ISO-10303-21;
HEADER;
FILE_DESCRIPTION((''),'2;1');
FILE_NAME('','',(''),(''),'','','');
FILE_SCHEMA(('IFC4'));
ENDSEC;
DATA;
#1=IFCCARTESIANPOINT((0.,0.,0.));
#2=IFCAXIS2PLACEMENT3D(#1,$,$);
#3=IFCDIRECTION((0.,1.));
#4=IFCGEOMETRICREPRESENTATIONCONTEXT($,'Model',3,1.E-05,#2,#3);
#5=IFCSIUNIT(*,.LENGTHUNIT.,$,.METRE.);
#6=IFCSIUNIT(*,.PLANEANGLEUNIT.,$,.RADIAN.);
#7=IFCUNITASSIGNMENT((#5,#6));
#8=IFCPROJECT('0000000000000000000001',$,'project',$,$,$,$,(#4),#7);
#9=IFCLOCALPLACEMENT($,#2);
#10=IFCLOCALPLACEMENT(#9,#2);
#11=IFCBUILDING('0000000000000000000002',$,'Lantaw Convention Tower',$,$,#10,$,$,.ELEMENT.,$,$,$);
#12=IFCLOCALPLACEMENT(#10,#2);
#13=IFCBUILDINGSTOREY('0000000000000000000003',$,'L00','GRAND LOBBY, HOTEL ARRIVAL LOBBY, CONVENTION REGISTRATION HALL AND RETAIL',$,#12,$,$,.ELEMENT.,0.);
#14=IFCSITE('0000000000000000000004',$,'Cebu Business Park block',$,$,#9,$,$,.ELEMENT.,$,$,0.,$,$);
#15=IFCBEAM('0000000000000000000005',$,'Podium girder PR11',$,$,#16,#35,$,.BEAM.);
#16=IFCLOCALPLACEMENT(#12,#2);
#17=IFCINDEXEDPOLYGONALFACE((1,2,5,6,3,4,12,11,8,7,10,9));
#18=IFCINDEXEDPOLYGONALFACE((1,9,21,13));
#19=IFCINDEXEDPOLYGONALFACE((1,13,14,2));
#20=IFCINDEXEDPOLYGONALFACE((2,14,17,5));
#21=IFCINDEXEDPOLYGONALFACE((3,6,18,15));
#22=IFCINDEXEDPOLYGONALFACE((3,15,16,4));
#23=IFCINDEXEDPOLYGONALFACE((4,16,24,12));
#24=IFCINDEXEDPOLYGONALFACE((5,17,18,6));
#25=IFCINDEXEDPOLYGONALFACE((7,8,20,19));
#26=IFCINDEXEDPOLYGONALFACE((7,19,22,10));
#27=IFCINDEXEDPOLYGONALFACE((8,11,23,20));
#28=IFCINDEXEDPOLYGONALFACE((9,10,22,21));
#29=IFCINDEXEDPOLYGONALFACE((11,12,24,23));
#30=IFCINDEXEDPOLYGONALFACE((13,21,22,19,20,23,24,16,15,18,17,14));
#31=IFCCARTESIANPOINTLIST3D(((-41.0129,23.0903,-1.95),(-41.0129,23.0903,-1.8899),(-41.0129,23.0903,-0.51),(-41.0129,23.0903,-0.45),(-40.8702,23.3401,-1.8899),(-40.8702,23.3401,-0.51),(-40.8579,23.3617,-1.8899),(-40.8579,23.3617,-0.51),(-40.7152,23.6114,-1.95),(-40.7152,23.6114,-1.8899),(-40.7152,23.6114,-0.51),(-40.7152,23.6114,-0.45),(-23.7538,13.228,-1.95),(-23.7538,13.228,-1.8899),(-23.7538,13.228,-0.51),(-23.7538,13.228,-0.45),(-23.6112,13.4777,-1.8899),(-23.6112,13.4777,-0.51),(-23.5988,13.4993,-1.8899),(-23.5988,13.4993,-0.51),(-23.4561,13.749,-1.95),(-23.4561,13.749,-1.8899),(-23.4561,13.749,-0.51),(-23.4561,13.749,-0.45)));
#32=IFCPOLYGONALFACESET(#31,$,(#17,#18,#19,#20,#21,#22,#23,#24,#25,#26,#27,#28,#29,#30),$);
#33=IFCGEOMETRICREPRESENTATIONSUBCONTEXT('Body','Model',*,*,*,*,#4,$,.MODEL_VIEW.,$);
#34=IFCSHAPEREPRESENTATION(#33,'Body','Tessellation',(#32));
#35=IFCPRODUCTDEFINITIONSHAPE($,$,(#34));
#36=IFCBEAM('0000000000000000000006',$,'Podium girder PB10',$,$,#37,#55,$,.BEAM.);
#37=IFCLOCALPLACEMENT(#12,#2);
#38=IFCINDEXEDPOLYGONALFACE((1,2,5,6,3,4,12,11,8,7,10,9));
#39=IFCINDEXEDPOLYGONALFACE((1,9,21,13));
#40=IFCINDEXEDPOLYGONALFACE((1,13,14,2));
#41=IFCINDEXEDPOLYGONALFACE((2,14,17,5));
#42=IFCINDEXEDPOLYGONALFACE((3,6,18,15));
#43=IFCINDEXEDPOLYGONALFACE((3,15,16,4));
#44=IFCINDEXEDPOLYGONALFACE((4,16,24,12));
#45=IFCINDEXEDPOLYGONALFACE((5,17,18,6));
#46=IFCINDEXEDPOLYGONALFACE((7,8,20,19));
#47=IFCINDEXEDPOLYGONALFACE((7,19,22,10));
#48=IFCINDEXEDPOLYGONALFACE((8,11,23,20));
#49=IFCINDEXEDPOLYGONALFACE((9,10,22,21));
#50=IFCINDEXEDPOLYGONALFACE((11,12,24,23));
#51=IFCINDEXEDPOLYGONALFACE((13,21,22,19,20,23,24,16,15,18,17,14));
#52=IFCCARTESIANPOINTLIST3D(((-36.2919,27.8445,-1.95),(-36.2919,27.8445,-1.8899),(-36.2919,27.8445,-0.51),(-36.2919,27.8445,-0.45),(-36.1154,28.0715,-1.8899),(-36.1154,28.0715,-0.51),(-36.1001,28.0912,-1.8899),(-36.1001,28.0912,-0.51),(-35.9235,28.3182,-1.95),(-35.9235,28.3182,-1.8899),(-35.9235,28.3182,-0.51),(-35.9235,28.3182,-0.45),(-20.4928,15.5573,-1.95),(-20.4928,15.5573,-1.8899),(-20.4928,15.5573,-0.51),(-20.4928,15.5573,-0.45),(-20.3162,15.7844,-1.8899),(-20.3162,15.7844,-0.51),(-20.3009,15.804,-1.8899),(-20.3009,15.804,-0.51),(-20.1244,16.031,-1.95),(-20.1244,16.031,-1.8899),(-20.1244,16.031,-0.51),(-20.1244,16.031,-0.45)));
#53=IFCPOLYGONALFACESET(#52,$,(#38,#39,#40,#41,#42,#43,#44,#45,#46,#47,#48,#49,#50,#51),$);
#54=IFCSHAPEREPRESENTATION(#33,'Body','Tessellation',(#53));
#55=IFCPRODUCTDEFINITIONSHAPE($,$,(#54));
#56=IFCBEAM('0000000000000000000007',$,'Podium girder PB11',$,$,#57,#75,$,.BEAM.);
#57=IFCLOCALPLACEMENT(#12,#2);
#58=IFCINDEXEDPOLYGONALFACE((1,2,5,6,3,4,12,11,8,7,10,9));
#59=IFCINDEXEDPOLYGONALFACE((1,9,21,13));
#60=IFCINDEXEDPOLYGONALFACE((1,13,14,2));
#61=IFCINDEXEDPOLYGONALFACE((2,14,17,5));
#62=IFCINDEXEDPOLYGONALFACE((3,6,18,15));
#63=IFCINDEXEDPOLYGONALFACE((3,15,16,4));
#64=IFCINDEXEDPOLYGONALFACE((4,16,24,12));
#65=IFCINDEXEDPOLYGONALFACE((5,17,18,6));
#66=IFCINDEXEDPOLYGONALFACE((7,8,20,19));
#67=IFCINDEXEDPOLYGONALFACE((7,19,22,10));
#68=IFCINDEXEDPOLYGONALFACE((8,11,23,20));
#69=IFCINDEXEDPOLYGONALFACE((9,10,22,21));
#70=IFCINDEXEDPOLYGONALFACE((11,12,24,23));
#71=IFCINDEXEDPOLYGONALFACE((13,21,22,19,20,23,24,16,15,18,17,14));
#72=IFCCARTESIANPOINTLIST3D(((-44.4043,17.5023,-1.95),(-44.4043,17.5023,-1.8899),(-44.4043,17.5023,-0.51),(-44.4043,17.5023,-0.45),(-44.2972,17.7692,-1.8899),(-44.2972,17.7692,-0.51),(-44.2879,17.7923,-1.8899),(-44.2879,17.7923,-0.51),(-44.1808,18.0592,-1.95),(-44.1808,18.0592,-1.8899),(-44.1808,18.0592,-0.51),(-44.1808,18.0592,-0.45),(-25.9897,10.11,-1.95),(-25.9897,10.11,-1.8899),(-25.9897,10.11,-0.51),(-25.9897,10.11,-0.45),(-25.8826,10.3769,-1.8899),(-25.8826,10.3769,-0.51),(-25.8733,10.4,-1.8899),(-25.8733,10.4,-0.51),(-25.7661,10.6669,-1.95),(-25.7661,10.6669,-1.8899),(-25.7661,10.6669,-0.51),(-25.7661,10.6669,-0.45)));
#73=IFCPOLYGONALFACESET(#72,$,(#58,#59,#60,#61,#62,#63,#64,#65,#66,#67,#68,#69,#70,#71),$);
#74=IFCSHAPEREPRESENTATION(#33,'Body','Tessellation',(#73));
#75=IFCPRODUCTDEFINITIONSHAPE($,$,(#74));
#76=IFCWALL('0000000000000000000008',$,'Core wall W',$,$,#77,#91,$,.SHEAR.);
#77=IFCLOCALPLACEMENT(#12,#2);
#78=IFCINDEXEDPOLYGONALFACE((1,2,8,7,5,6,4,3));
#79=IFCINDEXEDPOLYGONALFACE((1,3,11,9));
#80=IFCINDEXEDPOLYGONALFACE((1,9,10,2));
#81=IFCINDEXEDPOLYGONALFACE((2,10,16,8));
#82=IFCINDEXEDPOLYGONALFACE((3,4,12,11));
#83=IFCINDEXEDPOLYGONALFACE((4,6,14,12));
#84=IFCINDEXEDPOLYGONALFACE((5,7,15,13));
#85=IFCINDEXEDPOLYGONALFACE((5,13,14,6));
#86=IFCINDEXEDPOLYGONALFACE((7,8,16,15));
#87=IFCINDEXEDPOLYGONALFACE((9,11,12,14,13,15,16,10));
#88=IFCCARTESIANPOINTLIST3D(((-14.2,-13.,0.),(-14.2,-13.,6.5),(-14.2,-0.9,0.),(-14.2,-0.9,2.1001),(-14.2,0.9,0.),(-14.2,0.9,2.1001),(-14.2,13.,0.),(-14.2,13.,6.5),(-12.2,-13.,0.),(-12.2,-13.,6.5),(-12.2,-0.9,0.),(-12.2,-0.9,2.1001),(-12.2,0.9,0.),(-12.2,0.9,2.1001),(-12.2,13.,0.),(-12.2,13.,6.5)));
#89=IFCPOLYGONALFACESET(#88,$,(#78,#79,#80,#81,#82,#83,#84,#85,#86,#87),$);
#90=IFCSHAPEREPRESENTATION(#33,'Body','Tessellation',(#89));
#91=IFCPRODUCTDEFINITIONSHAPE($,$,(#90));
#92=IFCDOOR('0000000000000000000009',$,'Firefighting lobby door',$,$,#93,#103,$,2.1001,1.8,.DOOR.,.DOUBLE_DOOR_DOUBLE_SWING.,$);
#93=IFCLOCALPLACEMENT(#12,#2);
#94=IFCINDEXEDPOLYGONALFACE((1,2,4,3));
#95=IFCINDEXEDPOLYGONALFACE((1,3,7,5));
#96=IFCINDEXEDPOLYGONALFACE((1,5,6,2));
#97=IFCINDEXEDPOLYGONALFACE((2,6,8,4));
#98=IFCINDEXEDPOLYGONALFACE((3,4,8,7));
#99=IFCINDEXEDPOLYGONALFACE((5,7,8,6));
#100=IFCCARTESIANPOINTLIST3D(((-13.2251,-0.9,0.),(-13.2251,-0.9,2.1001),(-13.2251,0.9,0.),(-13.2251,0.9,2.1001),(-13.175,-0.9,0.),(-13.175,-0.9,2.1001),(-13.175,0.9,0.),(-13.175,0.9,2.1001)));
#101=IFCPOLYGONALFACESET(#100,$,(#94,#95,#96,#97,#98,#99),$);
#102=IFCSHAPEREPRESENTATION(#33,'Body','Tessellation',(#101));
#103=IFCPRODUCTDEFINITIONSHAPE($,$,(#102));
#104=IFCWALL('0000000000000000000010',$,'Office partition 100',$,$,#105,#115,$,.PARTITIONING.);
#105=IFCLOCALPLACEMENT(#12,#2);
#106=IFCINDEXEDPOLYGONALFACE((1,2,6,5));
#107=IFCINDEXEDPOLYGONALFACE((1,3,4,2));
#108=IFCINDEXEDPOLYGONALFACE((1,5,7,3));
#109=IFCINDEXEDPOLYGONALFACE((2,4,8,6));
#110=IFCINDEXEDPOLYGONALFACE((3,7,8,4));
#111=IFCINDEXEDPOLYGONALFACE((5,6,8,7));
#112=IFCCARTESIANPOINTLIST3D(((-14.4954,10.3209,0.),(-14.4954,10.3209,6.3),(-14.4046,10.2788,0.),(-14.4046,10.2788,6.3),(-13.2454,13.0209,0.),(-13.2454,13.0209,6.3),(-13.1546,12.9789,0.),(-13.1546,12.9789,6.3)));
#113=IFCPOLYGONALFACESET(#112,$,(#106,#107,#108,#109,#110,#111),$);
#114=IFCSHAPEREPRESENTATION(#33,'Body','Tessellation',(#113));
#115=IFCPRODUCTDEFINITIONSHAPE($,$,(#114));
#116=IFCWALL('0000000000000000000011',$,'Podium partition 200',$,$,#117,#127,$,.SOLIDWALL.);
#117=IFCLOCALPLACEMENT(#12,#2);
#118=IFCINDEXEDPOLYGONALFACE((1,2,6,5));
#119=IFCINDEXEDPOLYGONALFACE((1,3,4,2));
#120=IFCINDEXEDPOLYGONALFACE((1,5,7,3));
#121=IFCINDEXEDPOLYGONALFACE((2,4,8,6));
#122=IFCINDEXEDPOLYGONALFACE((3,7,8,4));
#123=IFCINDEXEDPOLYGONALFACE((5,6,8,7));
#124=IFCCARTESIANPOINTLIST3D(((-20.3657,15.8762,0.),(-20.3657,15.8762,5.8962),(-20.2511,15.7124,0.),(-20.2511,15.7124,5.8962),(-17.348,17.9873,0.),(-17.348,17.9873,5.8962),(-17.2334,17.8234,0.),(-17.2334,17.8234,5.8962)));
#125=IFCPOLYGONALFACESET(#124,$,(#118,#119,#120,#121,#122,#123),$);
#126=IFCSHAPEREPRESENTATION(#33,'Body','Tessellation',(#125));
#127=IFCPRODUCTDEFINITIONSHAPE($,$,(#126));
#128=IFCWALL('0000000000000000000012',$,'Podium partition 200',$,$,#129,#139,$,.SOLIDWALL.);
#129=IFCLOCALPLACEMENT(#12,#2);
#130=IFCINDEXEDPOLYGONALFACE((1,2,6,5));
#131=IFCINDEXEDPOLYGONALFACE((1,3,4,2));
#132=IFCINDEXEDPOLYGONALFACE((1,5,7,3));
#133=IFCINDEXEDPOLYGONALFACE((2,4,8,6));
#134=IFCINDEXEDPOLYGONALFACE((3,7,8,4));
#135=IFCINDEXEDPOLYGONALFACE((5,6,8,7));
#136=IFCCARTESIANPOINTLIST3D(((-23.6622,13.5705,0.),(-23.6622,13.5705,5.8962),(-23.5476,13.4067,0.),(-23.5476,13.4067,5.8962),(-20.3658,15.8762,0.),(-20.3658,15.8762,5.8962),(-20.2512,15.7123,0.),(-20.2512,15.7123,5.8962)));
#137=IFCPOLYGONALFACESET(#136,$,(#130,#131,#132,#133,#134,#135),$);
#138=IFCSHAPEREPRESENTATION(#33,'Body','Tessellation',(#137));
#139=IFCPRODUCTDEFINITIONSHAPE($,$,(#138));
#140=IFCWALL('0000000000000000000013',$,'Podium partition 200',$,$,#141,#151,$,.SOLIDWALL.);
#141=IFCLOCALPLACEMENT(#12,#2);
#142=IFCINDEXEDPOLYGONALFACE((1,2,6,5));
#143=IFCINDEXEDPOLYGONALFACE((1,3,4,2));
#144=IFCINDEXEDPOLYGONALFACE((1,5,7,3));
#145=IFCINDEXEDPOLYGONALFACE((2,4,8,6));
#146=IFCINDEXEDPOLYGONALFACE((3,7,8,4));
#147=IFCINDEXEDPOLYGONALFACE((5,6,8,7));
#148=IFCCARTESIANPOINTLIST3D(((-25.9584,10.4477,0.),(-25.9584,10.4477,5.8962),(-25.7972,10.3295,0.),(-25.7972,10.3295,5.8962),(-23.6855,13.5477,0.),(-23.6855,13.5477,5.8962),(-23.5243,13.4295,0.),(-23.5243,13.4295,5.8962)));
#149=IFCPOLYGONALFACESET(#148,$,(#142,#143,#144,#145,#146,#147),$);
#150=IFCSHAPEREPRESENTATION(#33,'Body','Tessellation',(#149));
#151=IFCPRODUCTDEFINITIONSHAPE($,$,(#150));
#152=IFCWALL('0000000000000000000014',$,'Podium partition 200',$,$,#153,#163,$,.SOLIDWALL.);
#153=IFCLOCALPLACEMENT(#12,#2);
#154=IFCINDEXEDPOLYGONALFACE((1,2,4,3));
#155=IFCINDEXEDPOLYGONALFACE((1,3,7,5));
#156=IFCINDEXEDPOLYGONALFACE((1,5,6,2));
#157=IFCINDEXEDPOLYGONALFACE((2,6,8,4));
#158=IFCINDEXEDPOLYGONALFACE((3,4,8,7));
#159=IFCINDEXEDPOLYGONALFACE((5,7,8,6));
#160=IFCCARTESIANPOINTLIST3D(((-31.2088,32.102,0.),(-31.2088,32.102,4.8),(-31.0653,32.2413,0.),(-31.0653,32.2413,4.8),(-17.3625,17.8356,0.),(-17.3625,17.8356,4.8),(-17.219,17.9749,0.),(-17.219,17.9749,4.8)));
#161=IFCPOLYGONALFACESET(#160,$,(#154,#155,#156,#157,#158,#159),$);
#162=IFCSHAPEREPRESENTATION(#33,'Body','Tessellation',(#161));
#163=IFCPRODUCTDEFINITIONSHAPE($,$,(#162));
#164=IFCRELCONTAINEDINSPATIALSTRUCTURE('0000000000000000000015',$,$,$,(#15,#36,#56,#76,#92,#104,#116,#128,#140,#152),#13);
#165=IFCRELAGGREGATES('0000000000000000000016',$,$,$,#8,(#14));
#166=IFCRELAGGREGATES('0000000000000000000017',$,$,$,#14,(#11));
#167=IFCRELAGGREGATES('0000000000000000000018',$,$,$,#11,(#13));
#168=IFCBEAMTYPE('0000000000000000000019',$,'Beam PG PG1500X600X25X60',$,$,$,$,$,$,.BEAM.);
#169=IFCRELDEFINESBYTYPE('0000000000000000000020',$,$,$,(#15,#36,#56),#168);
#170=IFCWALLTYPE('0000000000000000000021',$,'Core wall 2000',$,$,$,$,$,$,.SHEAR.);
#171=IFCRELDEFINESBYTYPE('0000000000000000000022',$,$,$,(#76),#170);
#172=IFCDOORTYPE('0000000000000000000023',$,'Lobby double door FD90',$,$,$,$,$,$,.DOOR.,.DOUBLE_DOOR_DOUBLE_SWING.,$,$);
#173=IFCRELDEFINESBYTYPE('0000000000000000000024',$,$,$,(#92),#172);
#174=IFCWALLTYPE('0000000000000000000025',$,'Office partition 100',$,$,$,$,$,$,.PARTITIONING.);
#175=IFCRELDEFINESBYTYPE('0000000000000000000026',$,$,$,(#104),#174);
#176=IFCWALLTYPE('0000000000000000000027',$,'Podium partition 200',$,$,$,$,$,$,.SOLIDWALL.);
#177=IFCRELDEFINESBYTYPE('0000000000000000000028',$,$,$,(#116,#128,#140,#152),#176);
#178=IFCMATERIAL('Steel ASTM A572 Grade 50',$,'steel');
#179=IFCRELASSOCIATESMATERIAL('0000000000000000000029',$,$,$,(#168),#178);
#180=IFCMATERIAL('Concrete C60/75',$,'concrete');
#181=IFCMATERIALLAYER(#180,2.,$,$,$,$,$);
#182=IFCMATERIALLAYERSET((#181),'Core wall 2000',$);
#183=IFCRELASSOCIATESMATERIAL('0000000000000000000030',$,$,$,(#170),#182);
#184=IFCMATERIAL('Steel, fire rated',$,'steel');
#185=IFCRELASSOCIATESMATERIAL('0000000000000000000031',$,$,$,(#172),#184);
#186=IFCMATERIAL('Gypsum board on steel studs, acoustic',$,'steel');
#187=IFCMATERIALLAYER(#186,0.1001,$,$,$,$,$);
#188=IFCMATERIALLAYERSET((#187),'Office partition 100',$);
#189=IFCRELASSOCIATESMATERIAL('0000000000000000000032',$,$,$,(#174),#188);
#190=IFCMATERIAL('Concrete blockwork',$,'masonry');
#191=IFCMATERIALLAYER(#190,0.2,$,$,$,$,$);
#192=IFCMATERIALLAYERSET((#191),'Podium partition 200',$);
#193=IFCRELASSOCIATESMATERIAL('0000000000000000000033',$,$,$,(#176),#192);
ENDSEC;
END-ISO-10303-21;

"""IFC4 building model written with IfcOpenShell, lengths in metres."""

from ifc_helpers import new_model, si_unit, direction, frame, frame_2d, origin, origin_2d, place, context, subcontext, project, spatial, rectangle, i_section, extrude, material, layer, layer_set, material_profile, profile_set, type_object, element, fill, save


model = new_model("IFC4")

# Units and contexts
model_context = context("Model", 3, precision=1e-05, world=origin(), true_north=direction((0.0, 1.0)))
body_context = subcontext(model_context, "Body", "Model", "MODEL_VIEW")
ifc_project = project(units=[si_unit("LENGTHUNIT", "METRE"), si_unit("PLANEANGLEUNIT", "RADIAN")], contexts=[model_context])

# Site, building, storey
site_placement = place(None, origin())
site = spatial("IfcSite", under=ifc_project, at=site_placement, Name="Cebu Business Park block", CompositionType="ELEMENT", RefElevation=0.0)
building_placement = place(site_placement, origin())
building = spatial("IfcBuilding", under=site, at=building_placement, Name="Lantaw Convention Tower", CompositionType="ELEMENT")
storey_placement = place(building_placement, origin())
storey = spatial("IfcBuildingStorey", under=building, at=storey_placement, Name="L00", Description="GRAND LOBBY, HOTEL ARRIVAL LOBBY, CONVENTION REGISTRATION HALL AND RETAIL", CompositionType="ELEMENT", Elevation=0.0)

# Shared definitions
ifc_material_1 = material(Name="Concrete C60/75", Category="concrete")
ifc_material_2 = material(Name="Steel ASTM A572 Grade 50", Category="steel")

# Beams
ifc_material_profile_1 = material_profile(ifc_material_2, i_section(OverallWidth=0.6001, OverallDepth=1.5, WebThickness=0.0249, FlangeThickness=0.0601, at=origin_2d()), Name="PG1500X600X25X60")
ifc_profile_set_1 = profile_set([ifc_material_profile_1], Name="Steel ASTM A572 Grade 50")
beam_type_1 = type_object("IfcBeamType", Name="Beam PG PG1500X600X25X60", PredefinedType="BEAM", material=ifc_profile_set_1)
beam_1_placement = place(storey_placement, frame((-23.605, 13.4885, -1.2), z_axis=(-0.868243, 0.496139, 0.0), x_axis=(-0.496139, -0.868243, 0.0)))
element("IfcBeam", 1, at=beam_1_placement, inside=storey, type_object=beam_type_1, Name="Podium girder PR11", PredefinedType="BEAM", context=body_context, shape_type="SweptSolid", body=[
    extrude(i_section(OverallWidth=0.6001, OverallDepth=1.5, WebThickness=0.0249, FlangeThickness=0.0601, at=origin_2d()), origin(), (0.0, 0.0, 1.0), 19.8782),
])
beam_2_placement = place(storey_placement, frame((-20.3086, 15.7942, -1.2), z_axis=(-0.789378, 0.613908, 0.0), x_axis=(-0.613908, -0.789378, 0.0)))
element("IfcBeam", 2, at=beam_2_placement, inside=storey, type_object=beam_type_1, Name="Podium girder PB10", PredefinedType="BEAM", context=body_context, shape_type="SweptSolid", body=[
    extrude(i_section(OverallWidth=0.6001, OverallDepth=1.5, WebThickness=0.0249, FlangeThickness=0.0601, at=origin_2d()), origin(), (0.0, 0.0, 1.0), 20.0146),
])
beam_3_placement = place(storey_placement, frame((-25.8779, 10.3884, -1.2), z_axis=(-0.928015, 0.372542, 0.0), x_axis=(-0.372542, -0.928015, 0.0)))
element("IfcBeam", 3, at=beam_3_placement, inside=storey, type_object=beam_type_1, Name="Podium girder PB11", PredefinedType="BEAM", context=body_context, shape_type="SweptSolid", body=[
    extrude(i_section(OverallWidth=0.6001, OverallDepth=1.5, WebThickness=0.0249, FlangeThickness=0.0601, at=origin_2d()), origin(), (0.0, 0.0, 1.0), 19.843),
])

# Wall, opening, door
ifc_layer_1 = layer(ifc_material_1, 2.0)
ifc_layer_set_1 = layer_set([ifc_layer_1], Name="Core wall 2000")
wall_type_1 = type_object("IfcWallType", Name="Core wall 2000", PredefinedType="SHEAR", material=ifc_layer_set_1)
wall_1_placement = place(storey_placement, frame((-13.2, 13.0, 0.0), z_axis=(0.0, 0.0, 1.0), x_axis=(0.0, -1.0, 0.0)))
wall_1 = element("IfcWall", 4, at=wall_1_placement, inside=storey, type_object=wall_type_1, Name="Core wall W", PredefinedType="SHEAR", context=body_context, shape_type="SweptSolid", body=[
    extrude(rectangle(XDim=26.0, YDim=2.0, at=frame_2d((13.0, 0.0))), origin(), (0.0, 0.0, 1.0), 6.5),
])
opening_1_placement = place(wall_1_placement, frame((12.1001, 0.0, 0.0)))
opening_1 = element("IfcOpeningElement", 5, at=opening_1_placement, cuts=wall_1, PredefinedType="OPENING", context=body_context, shape_type="SweptSolid", body=[
    extrude(rectangle(XDim=1.8, YDim=2.1001, at=frame_2d((0.8999, 1.05))), frame((0.0, 1.01, 0.0), z_axis=(0.0, -1.0, 0.0), x_axis=(1.0, 0.0, 0.0)), (0.0, 0.0, 1.0), 2.02),
])
ifc_material_3 = material(Name="Steel, fire rated", Category="steel")
door_type_1 = type_object("IfcDoorType", Name="Lobby double door FD90", OperationType="DOUBLE_DOOR_DOUBLE_SWING", PredefinedType="DOOR", material=ifc_material_3)
door_1_placement = place(opening_1_placement, origin())
door_1 = element("IfcDoor", 6, at=door_1_placement, inside=storey, type_object=door_type_1, Name="Firefighting lobby door", OperationType="DOUBLE_DOOR_DOUBLE_SWING", OverallHeight=2.1001, OverallWidth=1.8, PredefinedType="DOOR", context=body_context, shape_type="SweptSolid", body=[
    extrude(rectangle(XDim=1.8, YDim=2.1001, at=frame_2d((0.8999, 1.05))), frame((0.0, 0.0249, 0.0), z_axis=(0.0, -1.0, 0.0), x_axis=(1.0, 0.0, 0.0)), (0.0, 0.0, 1.0), 0.05),
])
fill(opening_1, door_1)

# Walls
ifc_material_4 = material(Name="Gypsum board on steel studs, acoustic", Category="steel")
ifc_layer_2 = layer(ifc_material_4, 0.1001)
ifc_layer_set_2 = layer_set([ifc_layer_2], Name="Office partition 100")
wall_type_2 = type_object("IfcWallType", Name="Office partition 100", PredefinedType="PARTITIONING", material=ifc_layer_set_2)
wall_2_placement = place(storey_placement, frame((-13.2, 13.0, 0.0), z_axis=(0.0, 0.0, 1.0), x_axis=(-0.42013, -0.907464, 0.0)))
element("IfcWall", 7, at=wall_2_placement, inside=storey, type_object=wall_type_2, Name="Office partition 100", PredefinedType="PARTITIONING", context=body_context, shape_type="SweptSolid", body=[
    extrude(rectangle(XDim=2.9753, YDim=0.1001, at=frame_2d((1.4878, 0.0))), origin(), (0.0, 0.0, 1.0), 6.3),
])
ifc_material_5 = material(Name="Concrete blockwork", Category="masonry")
ifc_layer_3 = layer(ifc_material_5, 0.2)
ifc_layer_set_3 = layer_set([ifc_layer_3], Name="Podium partition 200")
wall_type_3 = type_object("IfcWallType", Name="Podium partition 200", PredefinedType="SOLIDWALL", material=ifc_layer_set_3)
wall_3_placement = place(storey_placement, frame((-17.2908, 17.9053, 0.0), z_axis=(0.0, 0.0, 1.0), x_axis=(-0.819409, -0.573209, 0.0)))
element("IfcWall", 8, at=wall_3_placement, inside=storey, type_object=wall_type_3, Name="Podium partition 200", PredefinedType="SOLIDWALL", context=body_context, shape_type="SweptSolid", body=[
    extrude(rectangle(XDim=3.6829, YDim=0.2, at=frame_2d((1.8413, 0.0))), origin(), (0.0, 0.0, 1.0), 5.8962),
])
wall_4_placement = place(storey_placement, frame((-20.3086, 15.7942, 0.0), z_axis=(0.0, 0.0, 1.0), x_axis=(-0.819443, -0.573161, 0.0)))
element("IfcWall", 9, at=wall_4_placement, inside=storey, type_object=wall_type_3, Name="Podium partition 200", PredefinedType="SOLIDWALL", context=body_context, shape_type="SweptSolid", body=[
    extrude(rectangle(XDim=4.0227, YDim=0.2, at=frame_2d((2.0112, 0.0))), origin(), (0.0, 0.0, 1.0), 5.8962),
])
wall_5_placement = place(storey_placement, frame((-23.605, 13.4885, 0.0), z_axis=(0.0, 0.0, 1.0), x_axis=(-0.591287, -0.806462, 0.0)))
element("IfcWall", 10, at=wall_5_placement, inside=storey, type_object=wall_type_3, Name="Podium partition 200", PredefinedType="SOLIDWALL", context=body_context, shape_type="SweptSolid", body=[
    extrude(rectangle(XDim=3.844, YDim=0.2, at=frame_2d((1.9219, 0.0))), origin(), (0.0, 0.0, 1.0), 5.8962),
])

# Wall
wall_6_placement = place(storey_placement, frame((-17.2908, 17.9053, 0.0), z_axis=(0.0, 0.0, 1.0), x_axis=(-0.696461, 0.717595, 0.0)))
element("IfcWall", 11, at=wall_6_placement, inside=storey, type_object=wall_type_3, Name="Podium partition 200", PredefinedType="SOLIDWALL", context=body_context, shape_type="SweptSolid", body=[
    extrude(rectangle(XDim=19.8809, YDim=0.2, at=frame_2d((9.9404, 0.0))), origin(), (0.0, 0.0, 1.0), 4.8),
])

save(model, "model.ifc")
